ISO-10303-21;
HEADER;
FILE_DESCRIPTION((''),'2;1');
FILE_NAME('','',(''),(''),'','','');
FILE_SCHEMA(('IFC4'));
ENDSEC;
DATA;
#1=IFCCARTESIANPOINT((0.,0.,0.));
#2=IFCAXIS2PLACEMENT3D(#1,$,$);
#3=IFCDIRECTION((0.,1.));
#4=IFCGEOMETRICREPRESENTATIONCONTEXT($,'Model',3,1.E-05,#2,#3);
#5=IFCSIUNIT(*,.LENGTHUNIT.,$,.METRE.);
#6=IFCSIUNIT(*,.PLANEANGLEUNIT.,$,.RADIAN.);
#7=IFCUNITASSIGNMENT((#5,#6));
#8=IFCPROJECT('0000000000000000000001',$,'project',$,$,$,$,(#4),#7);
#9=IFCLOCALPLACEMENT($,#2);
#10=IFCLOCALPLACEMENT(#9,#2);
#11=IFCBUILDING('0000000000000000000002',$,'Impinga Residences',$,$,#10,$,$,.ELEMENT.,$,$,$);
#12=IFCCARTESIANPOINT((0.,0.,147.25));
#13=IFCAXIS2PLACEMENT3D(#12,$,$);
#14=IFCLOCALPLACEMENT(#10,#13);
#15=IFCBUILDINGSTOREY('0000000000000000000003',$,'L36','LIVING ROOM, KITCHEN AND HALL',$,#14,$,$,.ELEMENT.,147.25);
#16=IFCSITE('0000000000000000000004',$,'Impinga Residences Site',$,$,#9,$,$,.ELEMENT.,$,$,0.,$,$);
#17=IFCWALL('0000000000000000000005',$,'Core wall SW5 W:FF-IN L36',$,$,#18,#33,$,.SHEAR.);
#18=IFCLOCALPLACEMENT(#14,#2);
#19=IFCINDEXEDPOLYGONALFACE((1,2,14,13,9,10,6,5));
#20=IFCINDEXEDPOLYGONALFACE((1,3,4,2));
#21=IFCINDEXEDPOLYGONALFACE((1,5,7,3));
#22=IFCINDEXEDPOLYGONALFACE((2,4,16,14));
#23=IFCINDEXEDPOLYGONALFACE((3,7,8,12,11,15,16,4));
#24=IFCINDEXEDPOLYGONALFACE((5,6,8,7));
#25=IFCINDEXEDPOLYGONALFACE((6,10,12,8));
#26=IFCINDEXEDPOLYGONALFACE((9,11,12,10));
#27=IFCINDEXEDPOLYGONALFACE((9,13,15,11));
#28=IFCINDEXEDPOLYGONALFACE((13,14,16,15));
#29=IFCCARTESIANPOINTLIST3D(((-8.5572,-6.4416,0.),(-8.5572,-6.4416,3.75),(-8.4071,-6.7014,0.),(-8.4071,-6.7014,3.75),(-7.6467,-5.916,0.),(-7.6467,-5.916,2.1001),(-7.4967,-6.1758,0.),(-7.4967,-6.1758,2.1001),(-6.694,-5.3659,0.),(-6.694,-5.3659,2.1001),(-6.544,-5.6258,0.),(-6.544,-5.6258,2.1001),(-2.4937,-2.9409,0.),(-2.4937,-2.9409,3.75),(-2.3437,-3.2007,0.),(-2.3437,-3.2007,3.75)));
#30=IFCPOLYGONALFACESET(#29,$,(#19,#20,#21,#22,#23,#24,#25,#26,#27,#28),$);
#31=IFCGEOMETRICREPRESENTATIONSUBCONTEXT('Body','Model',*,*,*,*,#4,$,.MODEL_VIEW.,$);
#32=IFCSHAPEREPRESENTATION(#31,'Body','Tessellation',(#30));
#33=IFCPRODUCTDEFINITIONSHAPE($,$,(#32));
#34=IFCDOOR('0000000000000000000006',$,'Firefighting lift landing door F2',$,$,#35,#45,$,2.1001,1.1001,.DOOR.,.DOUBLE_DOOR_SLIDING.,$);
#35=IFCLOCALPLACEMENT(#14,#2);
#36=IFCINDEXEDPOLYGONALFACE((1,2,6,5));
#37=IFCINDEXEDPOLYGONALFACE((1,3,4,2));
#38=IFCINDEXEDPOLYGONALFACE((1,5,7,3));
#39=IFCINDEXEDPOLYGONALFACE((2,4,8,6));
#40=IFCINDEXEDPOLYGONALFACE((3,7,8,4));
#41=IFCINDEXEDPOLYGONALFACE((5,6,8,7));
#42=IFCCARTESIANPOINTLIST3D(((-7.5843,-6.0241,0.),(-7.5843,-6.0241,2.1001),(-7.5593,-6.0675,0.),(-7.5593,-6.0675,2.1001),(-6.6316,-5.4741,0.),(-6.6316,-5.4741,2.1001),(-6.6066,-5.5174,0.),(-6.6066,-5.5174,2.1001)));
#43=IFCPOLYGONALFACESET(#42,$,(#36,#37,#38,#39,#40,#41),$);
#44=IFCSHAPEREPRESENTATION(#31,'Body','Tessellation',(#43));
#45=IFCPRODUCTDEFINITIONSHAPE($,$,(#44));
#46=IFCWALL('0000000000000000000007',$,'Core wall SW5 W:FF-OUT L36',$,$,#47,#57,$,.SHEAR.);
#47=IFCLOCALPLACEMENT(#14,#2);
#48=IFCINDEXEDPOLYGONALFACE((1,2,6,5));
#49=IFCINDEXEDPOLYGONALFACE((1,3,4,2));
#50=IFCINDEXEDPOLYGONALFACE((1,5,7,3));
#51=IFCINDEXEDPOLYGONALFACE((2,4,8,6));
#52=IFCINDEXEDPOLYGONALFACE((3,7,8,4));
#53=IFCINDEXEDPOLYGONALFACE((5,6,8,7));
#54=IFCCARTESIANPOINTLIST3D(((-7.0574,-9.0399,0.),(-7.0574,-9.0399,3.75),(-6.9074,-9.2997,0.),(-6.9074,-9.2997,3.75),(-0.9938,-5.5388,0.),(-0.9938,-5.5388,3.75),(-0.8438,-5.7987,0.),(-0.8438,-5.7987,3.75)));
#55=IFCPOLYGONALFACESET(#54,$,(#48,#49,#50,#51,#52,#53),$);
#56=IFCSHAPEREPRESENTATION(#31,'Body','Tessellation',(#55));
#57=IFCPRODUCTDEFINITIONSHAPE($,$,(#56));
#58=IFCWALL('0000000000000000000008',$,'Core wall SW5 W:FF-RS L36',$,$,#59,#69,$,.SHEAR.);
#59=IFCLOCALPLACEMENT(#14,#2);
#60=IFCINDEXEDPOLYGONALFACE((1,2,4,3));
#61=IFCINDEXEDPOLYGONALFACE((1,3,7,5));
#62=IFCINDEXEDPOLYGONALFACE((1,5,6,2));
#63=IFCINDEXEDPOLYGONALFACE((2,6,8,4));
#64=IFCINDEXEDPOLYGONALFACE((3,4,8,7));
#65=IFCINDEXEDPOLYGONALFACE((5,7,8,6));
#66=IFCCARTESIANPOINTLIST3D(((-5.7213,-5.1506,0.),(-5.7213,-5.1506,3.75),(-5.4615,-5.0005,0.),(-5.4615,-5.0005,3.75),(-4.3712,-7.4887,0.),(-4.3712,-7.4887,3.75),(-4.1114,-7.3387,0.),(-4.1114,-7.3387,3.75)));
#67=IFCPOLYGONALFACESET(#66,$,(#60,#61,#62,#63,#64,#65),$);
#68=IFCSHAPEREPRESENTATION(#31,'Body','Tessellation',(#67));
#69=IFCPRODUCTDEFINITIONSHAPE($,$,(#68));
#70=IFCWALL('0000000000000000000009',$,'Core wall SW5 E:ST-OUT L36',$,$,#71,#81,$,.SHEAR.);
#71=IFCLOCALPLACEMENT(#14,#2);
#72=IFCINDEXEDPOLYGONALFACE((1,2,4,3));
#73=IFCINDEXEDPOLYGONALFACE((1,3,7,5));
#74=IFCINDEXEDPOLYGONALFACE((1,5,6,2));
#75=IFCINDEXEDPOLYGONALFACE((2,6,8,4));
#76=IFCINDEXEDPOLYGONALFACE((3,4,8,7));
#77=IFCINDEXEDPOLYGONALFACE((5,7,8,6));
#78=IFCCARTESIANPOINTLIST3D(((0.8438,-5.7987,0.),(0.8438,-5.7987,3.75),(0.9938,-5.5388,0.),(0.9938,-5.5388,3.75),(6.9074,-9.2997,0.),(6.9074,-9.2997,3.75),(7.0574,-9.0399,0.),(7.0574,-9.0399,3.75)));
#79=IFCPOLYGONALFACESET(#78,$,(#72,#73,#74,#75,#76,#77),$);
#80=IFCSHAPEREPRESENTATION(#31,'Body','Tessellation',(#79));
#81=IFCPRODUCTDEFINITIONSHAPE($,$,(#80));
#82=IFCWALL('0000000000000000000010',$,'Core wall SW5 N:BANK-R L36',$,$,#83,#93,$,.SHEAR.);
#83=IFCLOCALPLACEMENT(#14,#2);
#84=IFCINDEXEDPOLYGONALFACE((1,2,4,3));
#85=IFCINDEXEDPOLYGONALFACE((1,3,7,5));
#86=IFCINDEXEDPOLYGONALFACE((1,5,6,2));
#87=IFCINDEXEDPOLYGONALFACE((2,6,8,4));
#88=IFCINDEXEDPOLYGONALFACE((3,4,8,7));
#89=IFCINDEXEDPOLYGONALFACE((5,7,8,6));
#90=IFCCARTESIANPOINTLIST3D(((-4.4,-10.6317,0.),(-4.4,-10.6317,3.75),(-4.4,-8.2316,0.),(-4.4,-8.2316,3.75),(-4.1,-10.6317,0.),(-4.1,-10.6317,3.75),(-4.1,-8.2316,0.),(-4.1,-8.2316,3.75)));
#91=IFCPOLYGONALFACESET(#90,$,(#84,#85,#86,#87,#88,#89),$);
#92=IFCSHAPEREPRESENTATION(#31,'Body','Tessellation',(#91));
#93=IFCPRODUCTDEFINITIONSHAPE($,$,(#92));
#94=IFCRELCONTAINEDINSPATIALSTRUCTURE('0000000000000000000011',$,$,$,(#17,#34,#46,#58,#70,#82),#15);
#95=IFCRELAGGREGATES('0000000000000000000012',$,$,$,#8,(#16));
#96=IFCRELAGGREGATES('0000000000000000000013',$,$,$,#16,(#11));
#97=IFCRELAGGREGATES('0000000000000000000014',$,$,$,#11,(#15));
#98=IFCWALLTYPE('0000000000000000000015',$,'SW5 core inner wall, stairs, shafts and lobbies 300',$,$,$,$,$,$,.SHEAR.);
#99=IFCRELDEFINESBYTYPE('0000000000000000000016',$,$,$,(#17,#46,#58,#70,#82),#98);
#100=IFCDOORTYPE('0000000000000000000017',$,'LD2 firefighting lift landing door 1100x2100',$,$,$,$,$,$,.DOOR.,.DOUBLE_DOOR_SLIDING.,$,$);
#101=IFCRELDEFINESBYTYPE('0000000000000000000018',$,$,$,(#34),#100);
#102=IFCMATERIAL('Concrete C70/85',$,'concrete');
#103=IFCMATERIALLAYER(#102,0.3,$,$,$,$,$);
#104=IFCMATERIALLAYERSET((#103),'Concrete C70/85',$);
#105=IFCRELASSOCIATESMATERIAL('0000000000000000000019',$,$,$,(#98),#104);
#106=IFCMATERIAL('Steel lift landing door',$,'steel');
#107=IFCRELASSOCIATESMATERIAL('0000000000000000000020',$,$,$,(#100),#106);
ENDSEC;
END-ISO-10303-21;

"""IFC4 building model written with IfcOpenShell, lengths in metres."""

from ifc_helpers import new_model, si_unit, direction, frame, frame_2d, origin, place, context, subcontext, project, spatial, rectangle, extrude, material, layer, layer_set, type_object, element, fill, save


model = new_model("IFC4")

# Units and contexts
model_context = context("Model", 3, precision=1e-05, world=origin(), true_north=direction((0.0, 1.0)))
body_context = subcontext(model_context, "Body", "Model", "MODEL_VIEW")
ifc_project = project(units=[si_unit("LENGTHUNIT", "METRE"), si_unit("PLANEANGLEUNIT", "RADIAN")], contexts=[model_context])

# Site, building, storey
site_placement = place(None, origin())
site = spatial("IfcSite", under=ifc_project, at=site_placement, Name="Impinga Residences Site", CompositionType="ELEMENT", RefElevation=0.0)
building_placement = place(site_placement, origin())
building = spatial("IfcBuilding", under=site, at=building_placement, Name="Impinga Residences", CompositionType="ELEMENT")
storey_placement = place(building_placement, frame((0.0, 0.0, 147.25)))
storey = spatial("IfcBuildingStorey", under=building, at=storey_placement, Name="L36", Description="LIVING ROOM, KITCHEN AND HALL", CompositionType="ELEMENT", Elevation=147.25)

# Shared definitions
ifc_material_1 = material(Name="Concrete C70/85", Category="concrete")
ifc_layer_1 = layer(ifc_material_1, 0.3)
ifc_layer_set_1 = layer_set([ifc_layer_1], Name="Concrete C70/85")
wall_type_1 = type_object("IfcWallType", Name="SW5 core inner wall, stairs, shafts and lobbies 300", PredefinedType="SHEAR", material=ifc_layer_set_1)

# Wall, opening, door
wall_1_placement = place(storey_placement, frame((-2.4187, -3.0708, 0.0), z_axis=(0.0, 0.0, 1.0), x_axis=(-0.866026, -0.499998, 0.0)))
wall_1 = element("IfcWall", 1, at=wall_1_placement, inside=storey, type_object=wall_type_1, Name="Core wall SW5 W:FF-IN L36", PredefinedType="SHEAR", context=body_context, shape_type="SweptSolid", body=[
    extrude(rectangle(XDim=7.0015, YDim=0.3, at=frame_2d((3.5007, 0.0))), origin(), (0.0, 0.0, 1.0), 3.75),
])
opening_1_placement = place(wall_1_placement, frame((4.8501, 0.0, 0.0)))
opening_1 = element("IfcOpeningElement", 2, at=opening_1_placement, cuts=wall_1, PredefinedType="OPENING", context=body_context, shape_type="SweptSolid", body=[
    extrude(rectangle(XDim=1.1001, YDim=2.1001, at=frame_2d((0.55, 1.05))), frame((0.0, 0.1599, 0.0), z_axis=(0.0, -1.0, 0.0), x_axis=(1.0, 0.0, 0.0)), (0.0, 0.0, 1.0), 0.3201),
])
ifc_material_2 = material(Name="Steel lift landing door", Category="steel")
door_type_1 = type_object("IfcDoorType", Name="LD2 firefighting lift landing door 1100x2100", OperationType="DOUBLE_DOOR_SLIDING", PredefinedType="DOOR", material=ifc_material_2)
door_1_placement = place(opening_1_placement, origin())
door_1 = element("IfcDoor", 3, at=door_1_placement, inside=storey, type_object=door_type_1, Name="Firefighting lift landing door F2", OperationType="DOUBLE_DOOR_SLIDING", OverallHeight=2.1001, OverallWidth=1.1001, PredefinedType="DOOR", context=body_context, shape_type="SweptSolid", body=[
    extrude(rectangle(XDim=1.1001, YDim=2.1001, at=frame_2d((0.55, 1.05))), frame((0.0, 0.0249, 0.0), z_axis=(0.0, -1.0, 0.0), x_axis=(1.0, 0.0, 0.0)), (0.0, 0.0, 1.0), 0.05),
])
fill(opening_1, door_1)

# Walls
wall_2_placement = place(storey_placement, frame((-0.9187, -5.6687, 0.0), z_axis=(0.0, 0.0, 1.0), x_axis=(-0.866011, -0.500024, 0.0)))
element("IfcWall", 4, at=wall_2_placement, inside=storey, type_object=wall_type_1, Name="Core wall SW5 W:FF-OUT L36", PredefinedType="SHEAR", context=body_context, shape_type="SweptSolid", body=[
    extrude(rectangle(XDim=7.0017, YDim=0.3, at=frame_2d((3.501, 0.0))), origin(), (0.0, 0.0, 1.0), 3.75),
])
wall_3_placement = place(storey_placement, frame((-4.2412, -7.4138, 0.0), z_axis=(0.0, 0.0, 1.0), x_axis=(-0.500049, 0.865997, 0.0)))
element("IfcWall", 5, at=wall_3_placement, inside=storey, type_object=wall_type_1, Name="Core wall SW5 W:FF-RS L36", PredefinedType="SHEAR", context=body_context, shape_type="SweptSolid", body=[
    extrude(rectangle(XDim=2.7, YDim=0.3, at=frame_2d((1.3501, 0.0))), origin(), (0.0, 0.0, 1.0), 3.75),
])
wall_4_placement = place(storey_placement, frame((0.9187, -5.6687, 0.0), z_axis=(0.0, 0.0, 1.0), x_axis=(0.866011, -0.500024, 0.0)))
element("IfcWall", 6, at=wall_4_placement, inside=storey, type_object=wall_type_1, Name="Core wall SW5 E:ST-OUT L36", PredefinedType="SHEAR", context=body_context, shape_type="SweptSolid", body=[
    extrude(rectangle(XDim=7.0017, YDim=0.3, at=frame_2d((3.501, 0.0))), origin(), (0.0, 0.0, 1.0), 3.75),
])
wall_5_placement = place(storey_placement, frame((-4.25, -8.2314, 0.0), z_axis=(0.0, 0.0, 1.0), x_axis=(0.0, -1.0, 0.0)))
element("IfcWall", 7, at=wall_5_placement, inside=storey, type_object=wall_type_1, Name="Core wall SW5 N:BANK-R L36", PredefinedType="SHEAR", context=body_context, shape_type="SweptSolid", body=[
    extrude(rectangle(XDim=2.4001, YDim=0.3, at=frame_2d((1.2002, 0.0))), origin(), (0.0, 0.0, 1.0), 3.75),
])

save(model, "model.ifc")
